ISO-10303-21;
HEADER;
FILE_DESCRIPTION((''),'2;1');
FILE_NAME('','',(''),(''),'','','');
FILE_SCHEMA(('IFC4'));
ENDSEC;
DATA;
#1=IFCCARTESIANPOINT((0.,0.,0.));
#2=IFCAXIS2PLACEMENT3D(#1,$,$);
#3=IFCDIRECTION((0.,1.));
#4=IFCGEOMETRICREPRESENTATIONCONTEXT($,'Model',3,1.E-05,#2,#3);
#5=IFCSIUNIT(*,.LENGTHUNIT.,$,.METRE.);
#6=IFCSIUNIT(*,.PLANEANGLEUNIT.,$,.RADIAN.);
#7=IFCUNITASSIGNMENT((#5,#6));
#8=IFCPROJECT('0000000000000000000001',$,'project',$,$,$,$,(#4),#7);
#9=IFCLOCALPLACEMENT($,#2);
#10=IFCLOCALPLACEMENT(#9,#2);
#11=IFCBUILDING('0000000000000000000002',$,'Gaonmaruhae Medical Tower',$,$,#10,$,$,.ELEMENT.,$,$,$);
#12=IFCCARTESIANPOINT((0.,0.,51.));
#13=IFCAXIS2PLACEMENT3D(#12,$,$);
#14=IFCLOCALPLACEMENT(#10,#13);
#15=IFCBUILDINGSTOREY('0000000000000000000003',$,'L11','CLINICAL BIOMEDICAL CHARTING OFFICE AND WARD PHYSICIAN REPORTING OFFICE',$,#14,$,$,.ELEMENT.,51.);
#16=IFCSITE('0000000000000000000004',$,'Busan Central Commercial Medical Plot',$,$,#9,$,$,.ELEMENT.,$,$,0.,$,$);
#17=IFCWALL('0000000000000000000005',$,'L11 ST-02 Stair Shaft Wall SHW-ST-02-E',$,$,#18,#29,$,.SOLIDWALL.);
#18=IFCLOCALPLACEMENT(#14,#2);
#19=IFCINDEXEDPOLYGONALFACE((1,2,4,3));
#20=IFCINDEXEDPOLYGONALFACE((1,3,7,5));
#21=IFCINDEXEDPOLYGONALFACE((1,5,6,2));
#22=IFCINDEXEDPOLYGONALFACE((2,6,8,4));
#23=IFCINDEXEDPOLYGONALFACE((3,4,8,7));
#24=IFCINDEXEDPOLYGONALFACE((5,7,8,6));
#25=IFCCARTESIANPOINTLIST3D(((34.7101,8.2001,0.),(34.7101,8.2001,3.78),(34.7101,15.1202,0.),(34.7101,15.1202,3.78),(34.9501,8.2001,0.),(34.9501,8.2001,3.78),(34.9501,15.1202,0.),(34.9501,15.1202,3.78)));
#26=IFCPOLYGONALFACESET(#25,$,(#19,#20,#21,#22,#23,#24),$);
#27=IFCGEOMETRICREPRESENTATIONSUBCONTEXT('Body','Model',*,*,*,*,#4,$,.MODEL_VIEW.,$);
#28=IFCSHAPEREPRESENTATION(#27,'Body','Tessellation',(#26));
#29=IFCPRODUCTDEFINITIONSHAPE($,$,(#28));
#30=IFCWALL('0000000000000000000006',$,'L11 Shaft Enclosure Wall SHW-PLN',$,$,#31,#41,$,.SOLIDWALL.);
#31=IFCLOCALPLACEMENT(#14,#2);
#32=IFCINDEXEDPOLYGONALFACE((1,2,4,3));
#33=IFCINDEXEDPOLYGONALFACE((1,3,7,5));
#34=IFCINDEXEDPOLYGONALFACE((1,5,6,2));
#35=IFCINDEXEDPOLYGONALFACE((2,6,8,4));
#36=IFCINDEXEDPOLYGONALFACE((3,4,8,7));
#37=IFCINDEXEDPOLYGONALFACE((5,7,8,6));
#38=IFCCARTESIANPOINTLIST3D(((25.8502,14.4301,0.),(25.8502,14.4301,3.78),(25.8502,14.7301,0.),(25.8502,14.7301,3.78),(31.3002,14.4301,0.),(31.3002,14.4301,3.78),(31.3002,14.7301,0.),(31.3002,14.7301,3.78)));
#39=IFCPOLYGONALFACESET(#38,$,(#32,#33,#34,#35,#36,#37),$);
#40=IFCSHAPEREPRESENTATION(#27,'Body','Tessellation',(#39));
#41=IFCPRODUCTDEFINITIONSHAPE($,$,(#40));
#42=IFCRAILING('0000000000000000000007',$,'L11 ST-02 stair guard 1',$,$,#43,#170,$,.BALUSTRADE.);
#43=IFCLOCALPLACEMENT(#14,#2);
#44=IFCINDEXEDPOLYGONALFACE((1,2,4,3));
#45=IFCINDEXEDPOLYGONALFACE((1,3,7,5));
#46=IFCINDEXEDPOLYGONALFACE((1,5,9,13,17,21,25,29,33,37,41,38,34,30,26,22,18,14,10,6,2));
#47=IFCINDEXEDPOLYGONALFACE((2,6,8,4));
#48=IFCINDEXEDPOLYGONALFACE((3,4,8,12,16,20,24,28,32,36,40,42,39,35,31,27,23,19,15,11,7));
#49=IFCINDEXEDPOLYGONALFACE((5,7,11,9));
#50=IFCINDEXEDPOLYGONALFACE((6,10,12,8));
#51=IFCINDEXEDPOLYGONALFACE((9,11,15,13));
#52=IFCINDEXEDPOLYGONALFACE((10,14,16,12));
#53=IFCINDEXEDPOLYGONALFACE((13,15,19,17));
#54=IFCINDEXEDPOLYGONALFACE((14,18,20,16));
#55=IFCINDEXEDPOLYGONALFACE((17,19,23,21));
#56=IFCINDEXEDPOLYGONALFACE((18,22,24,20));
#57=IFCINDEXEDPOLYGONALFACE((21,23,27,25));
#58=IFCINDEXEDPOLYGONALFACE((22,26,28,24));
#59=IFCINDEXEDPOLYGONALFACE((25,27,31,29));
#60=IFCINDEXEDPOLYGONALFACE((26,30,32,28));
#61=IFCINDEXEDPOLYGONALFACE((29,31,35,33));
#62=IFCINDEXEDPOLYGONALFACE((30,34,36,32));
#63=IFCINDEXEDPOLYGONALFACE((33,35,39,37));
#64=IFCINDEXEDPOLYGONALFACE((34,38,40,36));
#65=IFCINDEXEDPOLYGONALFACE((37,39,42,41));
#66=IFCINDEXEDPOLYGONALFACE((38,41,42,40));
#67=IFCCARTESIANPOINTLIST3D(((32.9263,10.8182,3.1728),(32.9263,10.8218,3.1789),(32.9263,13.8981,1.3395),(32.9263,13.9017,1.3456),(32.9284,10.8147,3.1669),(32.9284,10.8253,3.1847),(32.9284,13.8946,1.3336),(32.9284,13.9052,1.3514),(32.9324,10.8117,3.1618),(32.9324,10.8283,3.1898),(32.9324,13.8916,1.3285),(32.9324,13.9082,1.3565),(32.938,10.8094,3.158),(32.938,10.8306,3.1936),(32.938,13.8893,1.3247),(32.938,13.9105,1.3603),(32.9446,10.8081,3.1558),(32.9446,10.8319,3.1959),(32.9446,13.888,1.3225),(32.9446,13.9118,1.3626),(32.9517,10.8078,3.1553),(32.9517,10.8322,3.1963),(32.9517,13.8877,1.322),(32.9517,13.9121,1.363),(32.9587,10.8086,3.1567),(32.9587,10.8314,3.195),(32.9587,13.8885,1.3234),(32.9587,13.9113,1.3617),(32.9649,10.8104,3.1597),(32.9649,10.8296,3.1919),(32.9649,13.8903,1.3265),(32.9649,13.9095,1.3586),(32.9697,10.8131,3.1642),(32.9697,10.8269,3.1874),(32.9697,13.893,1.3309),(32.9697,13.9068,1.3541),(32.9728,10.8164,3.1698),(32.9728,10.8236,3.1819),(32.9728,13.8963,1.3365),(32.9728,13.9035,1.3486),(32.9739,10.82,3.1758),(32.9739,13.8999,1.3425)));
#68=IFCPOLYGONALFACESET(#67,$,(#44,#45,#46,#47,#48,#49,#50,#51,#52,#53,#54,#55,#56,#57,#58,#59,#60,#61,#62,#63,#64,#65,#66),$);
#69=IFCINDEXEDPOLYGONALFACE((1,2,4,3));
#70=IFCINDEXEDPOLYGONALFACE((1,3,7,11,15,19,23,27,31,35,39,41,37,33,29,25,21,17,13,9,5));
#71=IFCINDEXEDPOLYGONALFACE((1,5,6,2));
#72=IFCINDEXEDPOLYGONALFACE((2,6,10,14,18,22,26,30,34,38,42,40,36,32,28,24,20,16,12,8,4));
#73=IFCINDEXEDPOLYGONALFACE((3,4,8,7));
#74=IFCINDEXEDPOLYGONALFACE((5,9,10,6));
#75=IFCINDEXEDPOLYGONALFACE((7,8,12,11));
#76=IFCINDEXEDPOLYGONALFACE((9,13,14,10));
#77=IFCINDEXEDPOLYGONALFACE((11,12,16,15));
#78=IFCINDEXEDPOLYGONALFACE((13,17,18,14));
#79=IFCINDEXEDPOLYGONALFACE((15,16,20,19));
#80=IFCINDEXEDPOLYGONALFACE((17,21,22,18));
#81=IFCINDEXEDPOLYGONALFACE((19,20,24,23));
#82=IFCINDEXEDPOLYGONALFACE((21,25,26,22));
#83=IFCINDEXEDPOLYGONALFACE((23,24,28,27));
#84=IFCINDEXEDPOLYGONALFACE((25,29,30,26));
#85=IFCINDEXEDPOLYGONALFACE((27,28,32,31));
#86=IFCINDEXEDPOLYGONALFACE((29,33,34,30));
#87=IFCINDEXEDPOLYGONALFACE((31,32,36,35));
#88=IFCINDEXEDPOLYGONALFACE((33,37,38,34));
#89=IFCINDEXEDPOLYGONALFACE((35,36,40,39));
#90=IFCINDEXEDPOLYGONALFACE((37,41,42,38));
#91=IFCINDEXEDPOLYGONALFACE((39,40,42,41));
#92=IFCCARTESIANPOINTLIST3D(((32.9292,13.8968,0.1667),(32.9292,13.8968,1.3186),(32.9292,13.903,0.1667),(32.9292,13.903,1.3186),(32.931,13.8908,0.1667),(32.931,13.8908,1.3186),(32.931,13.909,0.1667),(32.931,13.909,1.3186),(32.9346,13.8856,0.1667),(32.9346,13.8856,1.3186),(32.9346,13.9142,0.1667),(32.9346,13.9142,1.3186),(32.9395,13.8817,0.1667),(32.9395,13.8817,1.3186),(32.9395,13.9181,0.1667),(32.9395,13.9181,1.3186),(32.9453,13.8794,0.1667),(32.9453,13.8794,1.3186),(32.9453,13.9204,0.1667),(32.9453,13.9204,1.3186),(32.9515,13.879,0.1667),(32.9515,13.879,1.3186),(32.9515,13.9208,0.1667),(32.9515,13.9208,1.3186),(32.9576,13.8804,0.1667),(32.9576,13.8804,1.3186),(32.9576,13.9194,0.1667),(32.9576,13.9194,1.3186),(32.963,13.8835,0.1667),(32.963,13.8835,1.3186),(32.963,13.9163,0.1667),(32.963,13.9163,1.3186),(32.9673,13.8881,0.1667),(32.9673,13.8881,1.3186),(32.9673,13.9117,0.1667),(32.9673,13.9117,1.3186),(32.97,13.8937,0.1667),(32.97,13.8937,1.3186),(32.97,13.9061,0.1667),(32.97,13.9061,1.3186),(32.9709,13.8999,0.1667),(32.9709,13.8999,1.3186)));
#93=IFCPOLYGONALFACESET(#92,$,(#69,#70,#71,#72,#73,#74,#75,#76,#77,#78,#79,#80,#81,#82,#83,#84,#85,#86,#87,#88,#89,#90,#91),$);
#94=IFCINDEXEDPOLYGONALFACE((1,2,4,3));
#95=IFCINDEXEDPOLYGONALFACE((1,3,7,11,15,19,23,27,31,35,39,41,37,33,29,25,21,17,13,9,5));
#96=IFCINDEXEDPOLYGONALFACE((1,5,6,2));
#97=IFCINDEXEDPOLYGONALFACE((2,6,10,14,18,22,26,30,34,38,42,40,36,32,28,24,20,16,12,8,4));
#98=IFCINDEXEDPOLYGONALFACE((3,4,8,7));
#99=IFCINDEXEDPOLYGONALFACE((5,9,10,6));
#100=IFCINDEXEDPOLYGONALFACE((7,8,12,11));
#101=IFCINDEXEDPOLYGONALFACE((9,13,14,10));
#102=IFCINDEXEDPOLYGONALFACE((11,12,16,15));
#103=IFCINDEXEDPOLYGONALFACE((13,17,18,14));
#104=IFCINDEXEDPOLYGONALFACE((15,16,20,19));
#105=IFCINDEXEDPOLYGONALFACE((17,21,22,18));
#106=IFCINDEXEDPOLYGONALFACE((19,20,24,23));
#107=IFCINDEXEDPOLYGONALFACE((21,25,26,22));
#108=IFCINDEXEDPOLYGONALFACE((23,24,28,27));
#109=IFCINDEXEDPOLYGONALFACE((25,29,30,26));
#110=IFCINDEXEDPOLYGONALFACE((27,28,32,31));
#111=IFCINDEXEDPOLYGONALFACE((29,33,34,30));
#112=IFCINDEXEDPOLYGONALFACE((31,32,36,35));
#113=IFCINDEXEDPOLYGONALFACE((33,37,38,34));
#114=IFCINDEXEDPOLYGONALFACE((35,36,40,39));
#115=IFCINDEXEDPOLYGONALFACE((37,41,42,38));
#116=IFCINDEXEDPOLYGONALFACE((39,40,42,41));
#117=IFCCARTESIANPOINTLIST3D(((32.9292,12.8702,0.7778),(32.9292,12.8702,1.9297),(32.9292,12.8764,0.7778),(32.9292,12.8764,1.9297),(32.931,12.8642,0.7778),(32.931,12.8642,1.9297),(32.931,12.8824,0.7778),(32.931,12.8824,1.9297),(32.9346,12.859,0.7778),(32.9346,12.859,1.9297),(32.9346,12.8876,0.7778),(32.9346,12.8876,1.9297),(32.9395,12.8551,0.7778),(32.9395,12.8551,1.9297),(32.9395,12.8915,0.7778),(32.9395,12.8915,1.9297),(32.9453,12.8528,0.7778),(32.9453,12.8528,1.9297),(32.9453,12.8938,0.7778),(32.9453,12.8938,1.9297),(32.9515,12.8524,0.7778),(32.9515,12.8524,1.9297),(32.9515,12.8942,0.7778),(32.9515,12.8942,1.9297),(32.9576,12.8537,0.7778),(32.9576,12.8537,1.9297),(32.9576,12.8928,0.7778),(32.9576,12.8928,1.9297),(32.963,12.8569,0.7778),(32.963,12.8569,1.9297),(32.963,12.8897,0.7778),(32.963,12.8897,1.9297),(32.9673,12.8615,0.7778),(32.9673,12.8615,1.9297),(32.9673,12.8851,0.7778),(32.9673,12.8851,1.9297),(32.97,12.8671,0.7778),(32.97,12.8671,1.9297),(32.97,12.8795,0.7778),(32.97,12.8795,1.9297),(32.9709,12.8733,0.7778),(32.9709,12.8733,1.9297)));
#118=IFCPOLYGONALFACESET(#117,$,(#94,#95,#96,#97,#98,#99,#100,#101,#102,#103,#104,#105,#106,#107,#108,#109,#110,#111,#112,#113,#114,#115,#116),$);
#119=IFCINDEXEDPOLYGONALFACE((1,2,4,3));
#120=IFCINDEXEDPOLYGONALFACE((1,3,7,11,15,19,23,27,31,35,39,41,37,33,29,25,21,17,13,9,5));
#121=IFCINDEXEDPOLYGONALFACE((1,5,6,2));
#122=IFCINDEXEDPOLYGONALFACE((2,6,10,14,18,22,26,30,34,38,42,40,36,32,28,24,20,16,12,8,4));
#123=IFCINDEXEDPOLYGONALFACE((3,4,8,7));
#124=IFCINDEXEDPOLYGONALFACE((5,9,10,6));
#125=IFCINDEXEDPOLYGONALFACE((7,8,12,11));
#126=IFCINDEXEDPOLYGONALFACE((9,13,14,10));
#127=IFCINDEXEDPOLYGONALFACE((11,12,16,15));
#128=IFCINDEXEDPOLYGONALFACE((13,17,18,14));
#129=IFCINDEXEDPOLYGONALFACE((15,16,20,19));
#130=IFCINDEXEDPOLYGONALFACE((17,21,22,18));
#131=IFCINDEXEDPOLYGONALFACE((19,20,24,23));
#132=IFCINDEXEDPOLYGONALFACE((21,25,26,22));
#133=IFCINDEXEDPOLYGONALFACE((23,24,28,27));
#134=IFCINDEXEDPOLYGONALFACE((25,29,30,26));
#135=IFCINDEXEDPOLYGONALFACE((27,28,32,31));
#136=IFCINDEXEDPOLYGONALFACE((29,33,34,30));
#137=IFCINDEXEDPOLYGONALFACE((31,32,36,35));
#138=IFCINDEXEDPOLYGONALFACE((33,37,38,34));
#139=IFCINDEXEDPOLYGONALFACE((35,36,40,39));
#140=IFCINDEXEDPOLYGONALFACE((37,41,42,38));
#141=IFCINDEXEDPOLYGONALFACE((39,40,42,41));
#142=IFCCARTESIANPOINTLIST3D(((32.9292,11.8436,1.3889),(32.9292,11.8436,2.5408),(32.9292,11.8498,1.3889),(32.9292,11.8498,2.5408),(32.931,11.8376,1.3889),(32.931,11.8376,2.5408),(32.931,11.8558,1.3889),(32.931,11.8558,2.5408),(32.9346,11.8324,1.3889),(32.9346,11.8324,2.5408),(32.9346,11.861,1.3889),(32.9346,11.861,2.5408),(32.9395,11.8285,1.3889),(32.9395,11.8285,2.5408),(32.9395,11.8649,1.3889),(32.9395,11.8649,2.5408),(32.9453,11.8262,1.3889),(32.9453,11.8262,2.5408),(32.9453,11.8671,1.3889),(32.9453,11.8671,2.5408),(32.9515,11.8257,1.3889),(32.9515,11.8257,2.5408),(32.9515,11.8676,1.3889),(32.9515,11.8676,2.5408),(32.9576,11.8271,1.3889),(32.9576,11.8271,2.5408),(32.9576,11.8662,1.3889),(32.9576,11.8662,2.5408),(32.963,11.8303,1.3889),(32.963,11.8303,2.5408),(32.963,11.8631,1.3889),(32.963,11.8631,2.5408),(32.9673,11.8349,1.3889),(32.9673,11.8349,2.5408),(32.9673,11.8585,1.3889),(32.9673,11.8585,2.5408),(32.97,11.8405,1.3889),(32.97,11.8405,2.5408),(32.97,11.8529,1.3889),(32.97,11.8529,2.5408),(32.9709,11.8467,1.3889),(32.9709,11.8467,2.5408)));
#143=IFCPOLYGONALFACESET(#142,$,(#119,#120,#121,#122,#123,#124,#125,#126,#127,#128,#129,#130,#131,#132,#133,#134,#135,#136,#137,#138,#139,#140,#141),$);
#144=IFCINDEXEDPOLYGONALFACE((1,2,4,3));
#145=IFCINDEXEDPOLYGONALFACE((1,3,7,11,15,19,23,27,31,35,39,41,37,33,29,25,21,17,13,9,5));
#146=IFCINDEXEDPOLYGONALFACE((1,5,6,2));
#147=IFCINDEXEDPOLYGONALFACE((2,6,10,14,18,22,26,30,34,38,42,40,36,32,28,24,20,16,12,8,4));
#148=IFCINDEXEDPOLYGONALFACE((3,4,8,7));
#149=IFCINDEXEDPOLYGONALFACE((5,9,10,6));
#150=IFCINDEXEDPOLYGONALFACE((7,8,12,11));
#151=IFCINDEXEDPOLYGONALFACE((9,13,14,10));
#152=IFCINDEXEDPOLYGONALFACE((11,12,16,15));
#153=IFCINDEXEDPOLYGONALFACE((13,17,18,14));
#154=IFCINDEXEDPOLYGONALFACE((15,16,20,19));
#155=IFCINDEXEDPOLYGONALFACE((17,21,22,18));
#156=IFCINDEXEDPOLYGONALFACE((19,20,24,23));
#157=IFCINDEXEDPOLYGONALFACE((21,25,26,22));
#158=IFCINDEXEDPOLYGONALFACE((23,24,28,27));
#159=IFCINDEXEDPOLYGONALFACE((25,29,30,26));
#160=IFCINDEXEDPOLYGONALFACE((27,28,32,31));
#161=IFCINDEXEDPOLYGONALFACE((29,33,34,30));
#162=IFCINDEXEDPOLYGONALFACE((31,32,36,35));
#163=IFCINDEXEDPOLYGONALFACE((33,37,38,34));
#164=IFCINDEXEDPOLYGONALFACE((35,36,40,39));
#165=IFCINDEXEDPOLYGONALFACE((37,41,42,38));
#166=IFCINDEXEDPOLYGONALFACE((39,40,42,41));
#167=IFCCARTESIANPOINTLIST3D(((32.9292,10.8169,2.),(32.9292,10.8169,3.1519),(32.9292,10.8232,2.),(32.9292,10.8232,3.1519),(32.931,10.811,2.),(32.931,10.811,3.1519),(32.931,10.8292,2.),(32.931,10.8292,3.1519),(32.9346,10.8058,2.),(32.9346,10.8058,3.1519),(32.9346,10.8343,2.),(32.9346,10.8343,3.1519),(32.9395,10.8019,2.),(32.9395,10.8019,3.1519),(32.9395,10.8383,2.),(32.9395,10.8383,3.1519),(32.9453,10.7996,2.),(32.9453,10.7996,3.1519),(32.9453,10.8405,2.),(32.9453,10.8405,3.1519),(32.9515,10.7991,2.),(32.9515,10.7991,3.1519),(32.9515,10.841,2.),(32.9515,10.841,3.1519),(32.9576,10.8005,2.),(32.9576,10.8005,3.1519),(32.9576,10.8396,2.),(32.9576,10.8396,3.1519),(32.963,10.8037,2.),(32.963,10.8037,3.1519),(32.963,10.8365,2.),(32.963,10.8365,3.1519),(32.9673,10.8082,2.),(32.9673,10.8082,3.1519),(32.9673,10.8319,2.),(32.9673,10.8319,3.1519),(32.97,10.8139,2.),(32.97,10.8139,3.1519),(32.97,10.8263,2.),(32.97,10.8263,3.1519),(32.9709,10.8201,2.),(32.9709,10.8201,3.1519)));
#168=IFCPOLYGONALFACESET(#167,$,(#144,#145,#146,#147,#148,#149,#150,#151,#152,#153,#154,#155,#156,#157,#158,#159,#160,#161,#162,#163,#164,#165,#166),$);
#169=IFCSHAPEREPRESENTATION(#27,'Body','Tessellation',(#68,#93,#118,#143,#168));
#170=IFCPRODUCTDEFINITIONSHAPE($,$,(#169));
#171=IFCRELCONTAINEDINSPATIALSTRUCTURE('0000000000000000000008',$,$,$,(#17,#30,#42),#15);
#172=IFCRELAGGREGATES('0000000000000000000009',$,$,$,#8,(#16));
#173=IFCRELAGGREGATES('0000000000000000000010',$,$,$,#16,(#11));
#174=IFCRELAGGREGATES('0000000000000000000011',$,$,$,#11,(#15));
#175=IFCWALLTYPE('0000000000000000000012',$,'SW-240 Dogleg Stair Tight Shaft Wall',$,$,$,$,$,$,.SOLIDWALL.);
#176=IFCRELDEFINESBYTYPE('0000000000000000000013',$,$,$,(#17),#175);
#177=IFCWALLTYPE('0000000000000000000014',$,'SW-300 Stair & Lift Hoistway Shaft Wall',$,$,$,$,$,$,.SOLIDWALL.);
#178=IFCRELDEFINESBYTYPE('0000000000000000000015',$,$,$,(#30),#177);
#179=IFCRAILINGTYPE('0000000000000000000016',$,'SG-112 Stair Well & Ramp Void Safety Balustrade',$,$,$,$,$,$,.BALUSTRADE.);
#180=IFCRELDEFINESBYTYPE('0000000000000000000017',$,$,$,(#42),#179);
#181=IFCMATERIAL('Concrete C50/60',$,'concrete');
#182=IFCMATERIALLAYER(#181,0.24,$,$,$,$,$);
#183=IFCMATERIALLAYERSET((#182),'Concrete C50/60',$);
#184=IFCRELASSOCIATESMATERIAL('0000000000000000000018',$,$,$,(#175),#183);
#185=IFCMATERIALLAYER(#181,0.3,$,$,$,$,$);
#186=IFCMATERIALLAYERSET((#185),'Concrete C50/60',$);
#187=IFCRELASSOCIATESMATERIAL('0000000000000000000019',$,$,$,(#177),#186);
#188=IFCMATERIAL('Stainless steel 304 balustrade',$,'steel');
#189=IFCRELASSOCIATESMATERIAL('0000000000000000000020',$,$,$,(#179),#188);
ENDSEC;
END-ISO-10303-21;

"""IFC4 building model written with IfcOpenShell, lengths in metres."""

from ifc_helpers import new_model, si_unit, direction, frame, frame_2d, origin, origin_2d, place, context, subcontext, project, spatial, rectangle, circle, extrude, material, layer, layer_set, type_object, element, save


model = new_model("IFC4")

# Units and contexts
model_context = context("Model", 3, precision=1e-05, world=origin(), true_north=direction((0.0, 1.0)))
body_context = subcontext(model_context, "Body", "Model", "MODEL_VIEW")
ifc_project = project(units=[si_unit("LENGTHUNIT", "METRE"), si_unit("PLANEANGLEUNIT", "RADIAN")], contexts=[model_context])

# Site, building, storey
site_placement = place(None, origin())
site = spatial("IfcSite", under=ifc_project, at=site_placement, Name="Busan Central Commercial Medical Plot", CompositionType="ELEMENT", RefElevation=0.0)
building_placement = place(site_placement, origin())
building = spatial("IfcBuilding", under=site, at=building_placement, Name="Gaonmaruhae Medical Tower", CompositionType="ELEMENT")
storey_placement = place(building_placement, frame((0.0, 0.0, 51.0)))
storey = spatial("IfcBuildingStorey", under=building, at=storey_placement, Name="L11", Description="CLINICAL BIOMEDICAL CHARTING OFFICE AND WARD PHYSICIAN REPORTING OFFICE", CompositionType="ELEMENT", Elevation=51.0)

# Shared definitions
ifc_material_1 = material(Name="Concrete C50/60", Category="concrete")
ifc_layer_1 = layer(ifc_material_1, 0.24)
ifc_layer_set_1 = layer_set([ifc_layer_1], Name="Concrete C50/60")
wall_type_1 = type_object("IfcWallType", Name="SW-240 Dogleg Stair Tight Shaft Wall", PredefinedType="SOLIDWALL", material=ifc_layer_set_1)

# Walls
wall_1_placement = place(storey_placement, frame((34.8301, 15.1201, 0.0), z_axis=(0.0, 0.0, 1.0), x_axis=(0.0, -1.0, 0.0)))
element("IfcWall", 1, at=wall_1_placement, inside=storey, type_object=wall_type_1, Name="L11 ST-02 Stair Shaft Wall SHW-ST-02-E", PredefinedType="SOLIDWALL", context=body_context, shape_type="SweptSolid", body=[
    extrude(rectangle(XDim=6.9202, YDim=0.24, at=frame_2d((3.46, 0.0))), origin(), (0.0, 0.0, 1.0), 3.78),
])
ifc_layer_2 = layer(ifc_material_1, 0.3)
ifc_layer_set_2 = layer_set([ifc_layer_2], Name="Concrete C50/60")
wall_type_2 = type_object("IfcWallType", Name="SW-300 Stair & Lift Hoistway Shaft Wall", PredefinedType="SOLIDWALL", material=ifc_layer_set_2)
wall_2_placement = place(storey_placement, frame((25.8501, 14.5801, 0.0), z_axis=(0.0, 0.0, 1.0), x_axis=(1.0, 0.0, 0.0)))
element("IfcWall", 2, at=wall_2_placement, inside=storey, type_object=wall_type_2, Name="L11 Shaft Enclosure Wall SHW-PLN", PredefinedType="SOLIDWALL", context=body_context, shape_type="SweptSolid", body=[
    extrude(rectangle(XDim=5.45, YDim=0.3, at=frame_2d((2.7251, 0.0))), origin(), (0.0, 0.0, 1.0), 3.78),
])

# Railing
ifc_material_2 = material(Name="Stainless steel 304 balustrade", Category="steel")
railing_type = type_object("IfcRailingType", Name="SG-112 Stair Well & Ramp Void Safety Balustrade", PredefinedType="BALUSTRADE", material=ifc_material_2)
railing_1_placement = place(storey_placement, frame((32.95, 13.8999, 0.1667)))
element("IfcRailing", 3, at=railing_1_placement, inside=storey, type_object=railing_type, Name="L11 ST-02 stair guard 1", PredefinedType="BALUSTRADE", context=body_context, shape_type="SweptSolid", body=[
    extrude(circle(Radius=0.0239, at=origin_2d()), frame((0.0, 0.0, 1.1758), z_axis=(0.0, -0.859291, 0.511487), x_axis=(1.0, 0.0, 0.0)), (0.0, 0.0, 1.0), 3.5842),
    extrude(circle(Radius=0.021, at=origin_2d()), origin(), (0.0, 0.0, 1.0), 1.1519),
    extrude(circle(Radius=0.021, at=origin_2d()), frame((0.0, -1.0266, 0.6111)), (0.0, 0.0, 1.0), 1.1519),
    extrude(circle(Radius=0.021, at=origin_2d()), frame((0.0, -2.0532, 1.2222)), (0.0, 0.0, 1.0), 1.1519),
    extrude(circle(Radius=0.021, at=origin_2d()), frame((0.0, -3.0798, 1.8333)), (0.0, 0.0, 1.0), 1.1519),
])

save(model, "model.ifc")
